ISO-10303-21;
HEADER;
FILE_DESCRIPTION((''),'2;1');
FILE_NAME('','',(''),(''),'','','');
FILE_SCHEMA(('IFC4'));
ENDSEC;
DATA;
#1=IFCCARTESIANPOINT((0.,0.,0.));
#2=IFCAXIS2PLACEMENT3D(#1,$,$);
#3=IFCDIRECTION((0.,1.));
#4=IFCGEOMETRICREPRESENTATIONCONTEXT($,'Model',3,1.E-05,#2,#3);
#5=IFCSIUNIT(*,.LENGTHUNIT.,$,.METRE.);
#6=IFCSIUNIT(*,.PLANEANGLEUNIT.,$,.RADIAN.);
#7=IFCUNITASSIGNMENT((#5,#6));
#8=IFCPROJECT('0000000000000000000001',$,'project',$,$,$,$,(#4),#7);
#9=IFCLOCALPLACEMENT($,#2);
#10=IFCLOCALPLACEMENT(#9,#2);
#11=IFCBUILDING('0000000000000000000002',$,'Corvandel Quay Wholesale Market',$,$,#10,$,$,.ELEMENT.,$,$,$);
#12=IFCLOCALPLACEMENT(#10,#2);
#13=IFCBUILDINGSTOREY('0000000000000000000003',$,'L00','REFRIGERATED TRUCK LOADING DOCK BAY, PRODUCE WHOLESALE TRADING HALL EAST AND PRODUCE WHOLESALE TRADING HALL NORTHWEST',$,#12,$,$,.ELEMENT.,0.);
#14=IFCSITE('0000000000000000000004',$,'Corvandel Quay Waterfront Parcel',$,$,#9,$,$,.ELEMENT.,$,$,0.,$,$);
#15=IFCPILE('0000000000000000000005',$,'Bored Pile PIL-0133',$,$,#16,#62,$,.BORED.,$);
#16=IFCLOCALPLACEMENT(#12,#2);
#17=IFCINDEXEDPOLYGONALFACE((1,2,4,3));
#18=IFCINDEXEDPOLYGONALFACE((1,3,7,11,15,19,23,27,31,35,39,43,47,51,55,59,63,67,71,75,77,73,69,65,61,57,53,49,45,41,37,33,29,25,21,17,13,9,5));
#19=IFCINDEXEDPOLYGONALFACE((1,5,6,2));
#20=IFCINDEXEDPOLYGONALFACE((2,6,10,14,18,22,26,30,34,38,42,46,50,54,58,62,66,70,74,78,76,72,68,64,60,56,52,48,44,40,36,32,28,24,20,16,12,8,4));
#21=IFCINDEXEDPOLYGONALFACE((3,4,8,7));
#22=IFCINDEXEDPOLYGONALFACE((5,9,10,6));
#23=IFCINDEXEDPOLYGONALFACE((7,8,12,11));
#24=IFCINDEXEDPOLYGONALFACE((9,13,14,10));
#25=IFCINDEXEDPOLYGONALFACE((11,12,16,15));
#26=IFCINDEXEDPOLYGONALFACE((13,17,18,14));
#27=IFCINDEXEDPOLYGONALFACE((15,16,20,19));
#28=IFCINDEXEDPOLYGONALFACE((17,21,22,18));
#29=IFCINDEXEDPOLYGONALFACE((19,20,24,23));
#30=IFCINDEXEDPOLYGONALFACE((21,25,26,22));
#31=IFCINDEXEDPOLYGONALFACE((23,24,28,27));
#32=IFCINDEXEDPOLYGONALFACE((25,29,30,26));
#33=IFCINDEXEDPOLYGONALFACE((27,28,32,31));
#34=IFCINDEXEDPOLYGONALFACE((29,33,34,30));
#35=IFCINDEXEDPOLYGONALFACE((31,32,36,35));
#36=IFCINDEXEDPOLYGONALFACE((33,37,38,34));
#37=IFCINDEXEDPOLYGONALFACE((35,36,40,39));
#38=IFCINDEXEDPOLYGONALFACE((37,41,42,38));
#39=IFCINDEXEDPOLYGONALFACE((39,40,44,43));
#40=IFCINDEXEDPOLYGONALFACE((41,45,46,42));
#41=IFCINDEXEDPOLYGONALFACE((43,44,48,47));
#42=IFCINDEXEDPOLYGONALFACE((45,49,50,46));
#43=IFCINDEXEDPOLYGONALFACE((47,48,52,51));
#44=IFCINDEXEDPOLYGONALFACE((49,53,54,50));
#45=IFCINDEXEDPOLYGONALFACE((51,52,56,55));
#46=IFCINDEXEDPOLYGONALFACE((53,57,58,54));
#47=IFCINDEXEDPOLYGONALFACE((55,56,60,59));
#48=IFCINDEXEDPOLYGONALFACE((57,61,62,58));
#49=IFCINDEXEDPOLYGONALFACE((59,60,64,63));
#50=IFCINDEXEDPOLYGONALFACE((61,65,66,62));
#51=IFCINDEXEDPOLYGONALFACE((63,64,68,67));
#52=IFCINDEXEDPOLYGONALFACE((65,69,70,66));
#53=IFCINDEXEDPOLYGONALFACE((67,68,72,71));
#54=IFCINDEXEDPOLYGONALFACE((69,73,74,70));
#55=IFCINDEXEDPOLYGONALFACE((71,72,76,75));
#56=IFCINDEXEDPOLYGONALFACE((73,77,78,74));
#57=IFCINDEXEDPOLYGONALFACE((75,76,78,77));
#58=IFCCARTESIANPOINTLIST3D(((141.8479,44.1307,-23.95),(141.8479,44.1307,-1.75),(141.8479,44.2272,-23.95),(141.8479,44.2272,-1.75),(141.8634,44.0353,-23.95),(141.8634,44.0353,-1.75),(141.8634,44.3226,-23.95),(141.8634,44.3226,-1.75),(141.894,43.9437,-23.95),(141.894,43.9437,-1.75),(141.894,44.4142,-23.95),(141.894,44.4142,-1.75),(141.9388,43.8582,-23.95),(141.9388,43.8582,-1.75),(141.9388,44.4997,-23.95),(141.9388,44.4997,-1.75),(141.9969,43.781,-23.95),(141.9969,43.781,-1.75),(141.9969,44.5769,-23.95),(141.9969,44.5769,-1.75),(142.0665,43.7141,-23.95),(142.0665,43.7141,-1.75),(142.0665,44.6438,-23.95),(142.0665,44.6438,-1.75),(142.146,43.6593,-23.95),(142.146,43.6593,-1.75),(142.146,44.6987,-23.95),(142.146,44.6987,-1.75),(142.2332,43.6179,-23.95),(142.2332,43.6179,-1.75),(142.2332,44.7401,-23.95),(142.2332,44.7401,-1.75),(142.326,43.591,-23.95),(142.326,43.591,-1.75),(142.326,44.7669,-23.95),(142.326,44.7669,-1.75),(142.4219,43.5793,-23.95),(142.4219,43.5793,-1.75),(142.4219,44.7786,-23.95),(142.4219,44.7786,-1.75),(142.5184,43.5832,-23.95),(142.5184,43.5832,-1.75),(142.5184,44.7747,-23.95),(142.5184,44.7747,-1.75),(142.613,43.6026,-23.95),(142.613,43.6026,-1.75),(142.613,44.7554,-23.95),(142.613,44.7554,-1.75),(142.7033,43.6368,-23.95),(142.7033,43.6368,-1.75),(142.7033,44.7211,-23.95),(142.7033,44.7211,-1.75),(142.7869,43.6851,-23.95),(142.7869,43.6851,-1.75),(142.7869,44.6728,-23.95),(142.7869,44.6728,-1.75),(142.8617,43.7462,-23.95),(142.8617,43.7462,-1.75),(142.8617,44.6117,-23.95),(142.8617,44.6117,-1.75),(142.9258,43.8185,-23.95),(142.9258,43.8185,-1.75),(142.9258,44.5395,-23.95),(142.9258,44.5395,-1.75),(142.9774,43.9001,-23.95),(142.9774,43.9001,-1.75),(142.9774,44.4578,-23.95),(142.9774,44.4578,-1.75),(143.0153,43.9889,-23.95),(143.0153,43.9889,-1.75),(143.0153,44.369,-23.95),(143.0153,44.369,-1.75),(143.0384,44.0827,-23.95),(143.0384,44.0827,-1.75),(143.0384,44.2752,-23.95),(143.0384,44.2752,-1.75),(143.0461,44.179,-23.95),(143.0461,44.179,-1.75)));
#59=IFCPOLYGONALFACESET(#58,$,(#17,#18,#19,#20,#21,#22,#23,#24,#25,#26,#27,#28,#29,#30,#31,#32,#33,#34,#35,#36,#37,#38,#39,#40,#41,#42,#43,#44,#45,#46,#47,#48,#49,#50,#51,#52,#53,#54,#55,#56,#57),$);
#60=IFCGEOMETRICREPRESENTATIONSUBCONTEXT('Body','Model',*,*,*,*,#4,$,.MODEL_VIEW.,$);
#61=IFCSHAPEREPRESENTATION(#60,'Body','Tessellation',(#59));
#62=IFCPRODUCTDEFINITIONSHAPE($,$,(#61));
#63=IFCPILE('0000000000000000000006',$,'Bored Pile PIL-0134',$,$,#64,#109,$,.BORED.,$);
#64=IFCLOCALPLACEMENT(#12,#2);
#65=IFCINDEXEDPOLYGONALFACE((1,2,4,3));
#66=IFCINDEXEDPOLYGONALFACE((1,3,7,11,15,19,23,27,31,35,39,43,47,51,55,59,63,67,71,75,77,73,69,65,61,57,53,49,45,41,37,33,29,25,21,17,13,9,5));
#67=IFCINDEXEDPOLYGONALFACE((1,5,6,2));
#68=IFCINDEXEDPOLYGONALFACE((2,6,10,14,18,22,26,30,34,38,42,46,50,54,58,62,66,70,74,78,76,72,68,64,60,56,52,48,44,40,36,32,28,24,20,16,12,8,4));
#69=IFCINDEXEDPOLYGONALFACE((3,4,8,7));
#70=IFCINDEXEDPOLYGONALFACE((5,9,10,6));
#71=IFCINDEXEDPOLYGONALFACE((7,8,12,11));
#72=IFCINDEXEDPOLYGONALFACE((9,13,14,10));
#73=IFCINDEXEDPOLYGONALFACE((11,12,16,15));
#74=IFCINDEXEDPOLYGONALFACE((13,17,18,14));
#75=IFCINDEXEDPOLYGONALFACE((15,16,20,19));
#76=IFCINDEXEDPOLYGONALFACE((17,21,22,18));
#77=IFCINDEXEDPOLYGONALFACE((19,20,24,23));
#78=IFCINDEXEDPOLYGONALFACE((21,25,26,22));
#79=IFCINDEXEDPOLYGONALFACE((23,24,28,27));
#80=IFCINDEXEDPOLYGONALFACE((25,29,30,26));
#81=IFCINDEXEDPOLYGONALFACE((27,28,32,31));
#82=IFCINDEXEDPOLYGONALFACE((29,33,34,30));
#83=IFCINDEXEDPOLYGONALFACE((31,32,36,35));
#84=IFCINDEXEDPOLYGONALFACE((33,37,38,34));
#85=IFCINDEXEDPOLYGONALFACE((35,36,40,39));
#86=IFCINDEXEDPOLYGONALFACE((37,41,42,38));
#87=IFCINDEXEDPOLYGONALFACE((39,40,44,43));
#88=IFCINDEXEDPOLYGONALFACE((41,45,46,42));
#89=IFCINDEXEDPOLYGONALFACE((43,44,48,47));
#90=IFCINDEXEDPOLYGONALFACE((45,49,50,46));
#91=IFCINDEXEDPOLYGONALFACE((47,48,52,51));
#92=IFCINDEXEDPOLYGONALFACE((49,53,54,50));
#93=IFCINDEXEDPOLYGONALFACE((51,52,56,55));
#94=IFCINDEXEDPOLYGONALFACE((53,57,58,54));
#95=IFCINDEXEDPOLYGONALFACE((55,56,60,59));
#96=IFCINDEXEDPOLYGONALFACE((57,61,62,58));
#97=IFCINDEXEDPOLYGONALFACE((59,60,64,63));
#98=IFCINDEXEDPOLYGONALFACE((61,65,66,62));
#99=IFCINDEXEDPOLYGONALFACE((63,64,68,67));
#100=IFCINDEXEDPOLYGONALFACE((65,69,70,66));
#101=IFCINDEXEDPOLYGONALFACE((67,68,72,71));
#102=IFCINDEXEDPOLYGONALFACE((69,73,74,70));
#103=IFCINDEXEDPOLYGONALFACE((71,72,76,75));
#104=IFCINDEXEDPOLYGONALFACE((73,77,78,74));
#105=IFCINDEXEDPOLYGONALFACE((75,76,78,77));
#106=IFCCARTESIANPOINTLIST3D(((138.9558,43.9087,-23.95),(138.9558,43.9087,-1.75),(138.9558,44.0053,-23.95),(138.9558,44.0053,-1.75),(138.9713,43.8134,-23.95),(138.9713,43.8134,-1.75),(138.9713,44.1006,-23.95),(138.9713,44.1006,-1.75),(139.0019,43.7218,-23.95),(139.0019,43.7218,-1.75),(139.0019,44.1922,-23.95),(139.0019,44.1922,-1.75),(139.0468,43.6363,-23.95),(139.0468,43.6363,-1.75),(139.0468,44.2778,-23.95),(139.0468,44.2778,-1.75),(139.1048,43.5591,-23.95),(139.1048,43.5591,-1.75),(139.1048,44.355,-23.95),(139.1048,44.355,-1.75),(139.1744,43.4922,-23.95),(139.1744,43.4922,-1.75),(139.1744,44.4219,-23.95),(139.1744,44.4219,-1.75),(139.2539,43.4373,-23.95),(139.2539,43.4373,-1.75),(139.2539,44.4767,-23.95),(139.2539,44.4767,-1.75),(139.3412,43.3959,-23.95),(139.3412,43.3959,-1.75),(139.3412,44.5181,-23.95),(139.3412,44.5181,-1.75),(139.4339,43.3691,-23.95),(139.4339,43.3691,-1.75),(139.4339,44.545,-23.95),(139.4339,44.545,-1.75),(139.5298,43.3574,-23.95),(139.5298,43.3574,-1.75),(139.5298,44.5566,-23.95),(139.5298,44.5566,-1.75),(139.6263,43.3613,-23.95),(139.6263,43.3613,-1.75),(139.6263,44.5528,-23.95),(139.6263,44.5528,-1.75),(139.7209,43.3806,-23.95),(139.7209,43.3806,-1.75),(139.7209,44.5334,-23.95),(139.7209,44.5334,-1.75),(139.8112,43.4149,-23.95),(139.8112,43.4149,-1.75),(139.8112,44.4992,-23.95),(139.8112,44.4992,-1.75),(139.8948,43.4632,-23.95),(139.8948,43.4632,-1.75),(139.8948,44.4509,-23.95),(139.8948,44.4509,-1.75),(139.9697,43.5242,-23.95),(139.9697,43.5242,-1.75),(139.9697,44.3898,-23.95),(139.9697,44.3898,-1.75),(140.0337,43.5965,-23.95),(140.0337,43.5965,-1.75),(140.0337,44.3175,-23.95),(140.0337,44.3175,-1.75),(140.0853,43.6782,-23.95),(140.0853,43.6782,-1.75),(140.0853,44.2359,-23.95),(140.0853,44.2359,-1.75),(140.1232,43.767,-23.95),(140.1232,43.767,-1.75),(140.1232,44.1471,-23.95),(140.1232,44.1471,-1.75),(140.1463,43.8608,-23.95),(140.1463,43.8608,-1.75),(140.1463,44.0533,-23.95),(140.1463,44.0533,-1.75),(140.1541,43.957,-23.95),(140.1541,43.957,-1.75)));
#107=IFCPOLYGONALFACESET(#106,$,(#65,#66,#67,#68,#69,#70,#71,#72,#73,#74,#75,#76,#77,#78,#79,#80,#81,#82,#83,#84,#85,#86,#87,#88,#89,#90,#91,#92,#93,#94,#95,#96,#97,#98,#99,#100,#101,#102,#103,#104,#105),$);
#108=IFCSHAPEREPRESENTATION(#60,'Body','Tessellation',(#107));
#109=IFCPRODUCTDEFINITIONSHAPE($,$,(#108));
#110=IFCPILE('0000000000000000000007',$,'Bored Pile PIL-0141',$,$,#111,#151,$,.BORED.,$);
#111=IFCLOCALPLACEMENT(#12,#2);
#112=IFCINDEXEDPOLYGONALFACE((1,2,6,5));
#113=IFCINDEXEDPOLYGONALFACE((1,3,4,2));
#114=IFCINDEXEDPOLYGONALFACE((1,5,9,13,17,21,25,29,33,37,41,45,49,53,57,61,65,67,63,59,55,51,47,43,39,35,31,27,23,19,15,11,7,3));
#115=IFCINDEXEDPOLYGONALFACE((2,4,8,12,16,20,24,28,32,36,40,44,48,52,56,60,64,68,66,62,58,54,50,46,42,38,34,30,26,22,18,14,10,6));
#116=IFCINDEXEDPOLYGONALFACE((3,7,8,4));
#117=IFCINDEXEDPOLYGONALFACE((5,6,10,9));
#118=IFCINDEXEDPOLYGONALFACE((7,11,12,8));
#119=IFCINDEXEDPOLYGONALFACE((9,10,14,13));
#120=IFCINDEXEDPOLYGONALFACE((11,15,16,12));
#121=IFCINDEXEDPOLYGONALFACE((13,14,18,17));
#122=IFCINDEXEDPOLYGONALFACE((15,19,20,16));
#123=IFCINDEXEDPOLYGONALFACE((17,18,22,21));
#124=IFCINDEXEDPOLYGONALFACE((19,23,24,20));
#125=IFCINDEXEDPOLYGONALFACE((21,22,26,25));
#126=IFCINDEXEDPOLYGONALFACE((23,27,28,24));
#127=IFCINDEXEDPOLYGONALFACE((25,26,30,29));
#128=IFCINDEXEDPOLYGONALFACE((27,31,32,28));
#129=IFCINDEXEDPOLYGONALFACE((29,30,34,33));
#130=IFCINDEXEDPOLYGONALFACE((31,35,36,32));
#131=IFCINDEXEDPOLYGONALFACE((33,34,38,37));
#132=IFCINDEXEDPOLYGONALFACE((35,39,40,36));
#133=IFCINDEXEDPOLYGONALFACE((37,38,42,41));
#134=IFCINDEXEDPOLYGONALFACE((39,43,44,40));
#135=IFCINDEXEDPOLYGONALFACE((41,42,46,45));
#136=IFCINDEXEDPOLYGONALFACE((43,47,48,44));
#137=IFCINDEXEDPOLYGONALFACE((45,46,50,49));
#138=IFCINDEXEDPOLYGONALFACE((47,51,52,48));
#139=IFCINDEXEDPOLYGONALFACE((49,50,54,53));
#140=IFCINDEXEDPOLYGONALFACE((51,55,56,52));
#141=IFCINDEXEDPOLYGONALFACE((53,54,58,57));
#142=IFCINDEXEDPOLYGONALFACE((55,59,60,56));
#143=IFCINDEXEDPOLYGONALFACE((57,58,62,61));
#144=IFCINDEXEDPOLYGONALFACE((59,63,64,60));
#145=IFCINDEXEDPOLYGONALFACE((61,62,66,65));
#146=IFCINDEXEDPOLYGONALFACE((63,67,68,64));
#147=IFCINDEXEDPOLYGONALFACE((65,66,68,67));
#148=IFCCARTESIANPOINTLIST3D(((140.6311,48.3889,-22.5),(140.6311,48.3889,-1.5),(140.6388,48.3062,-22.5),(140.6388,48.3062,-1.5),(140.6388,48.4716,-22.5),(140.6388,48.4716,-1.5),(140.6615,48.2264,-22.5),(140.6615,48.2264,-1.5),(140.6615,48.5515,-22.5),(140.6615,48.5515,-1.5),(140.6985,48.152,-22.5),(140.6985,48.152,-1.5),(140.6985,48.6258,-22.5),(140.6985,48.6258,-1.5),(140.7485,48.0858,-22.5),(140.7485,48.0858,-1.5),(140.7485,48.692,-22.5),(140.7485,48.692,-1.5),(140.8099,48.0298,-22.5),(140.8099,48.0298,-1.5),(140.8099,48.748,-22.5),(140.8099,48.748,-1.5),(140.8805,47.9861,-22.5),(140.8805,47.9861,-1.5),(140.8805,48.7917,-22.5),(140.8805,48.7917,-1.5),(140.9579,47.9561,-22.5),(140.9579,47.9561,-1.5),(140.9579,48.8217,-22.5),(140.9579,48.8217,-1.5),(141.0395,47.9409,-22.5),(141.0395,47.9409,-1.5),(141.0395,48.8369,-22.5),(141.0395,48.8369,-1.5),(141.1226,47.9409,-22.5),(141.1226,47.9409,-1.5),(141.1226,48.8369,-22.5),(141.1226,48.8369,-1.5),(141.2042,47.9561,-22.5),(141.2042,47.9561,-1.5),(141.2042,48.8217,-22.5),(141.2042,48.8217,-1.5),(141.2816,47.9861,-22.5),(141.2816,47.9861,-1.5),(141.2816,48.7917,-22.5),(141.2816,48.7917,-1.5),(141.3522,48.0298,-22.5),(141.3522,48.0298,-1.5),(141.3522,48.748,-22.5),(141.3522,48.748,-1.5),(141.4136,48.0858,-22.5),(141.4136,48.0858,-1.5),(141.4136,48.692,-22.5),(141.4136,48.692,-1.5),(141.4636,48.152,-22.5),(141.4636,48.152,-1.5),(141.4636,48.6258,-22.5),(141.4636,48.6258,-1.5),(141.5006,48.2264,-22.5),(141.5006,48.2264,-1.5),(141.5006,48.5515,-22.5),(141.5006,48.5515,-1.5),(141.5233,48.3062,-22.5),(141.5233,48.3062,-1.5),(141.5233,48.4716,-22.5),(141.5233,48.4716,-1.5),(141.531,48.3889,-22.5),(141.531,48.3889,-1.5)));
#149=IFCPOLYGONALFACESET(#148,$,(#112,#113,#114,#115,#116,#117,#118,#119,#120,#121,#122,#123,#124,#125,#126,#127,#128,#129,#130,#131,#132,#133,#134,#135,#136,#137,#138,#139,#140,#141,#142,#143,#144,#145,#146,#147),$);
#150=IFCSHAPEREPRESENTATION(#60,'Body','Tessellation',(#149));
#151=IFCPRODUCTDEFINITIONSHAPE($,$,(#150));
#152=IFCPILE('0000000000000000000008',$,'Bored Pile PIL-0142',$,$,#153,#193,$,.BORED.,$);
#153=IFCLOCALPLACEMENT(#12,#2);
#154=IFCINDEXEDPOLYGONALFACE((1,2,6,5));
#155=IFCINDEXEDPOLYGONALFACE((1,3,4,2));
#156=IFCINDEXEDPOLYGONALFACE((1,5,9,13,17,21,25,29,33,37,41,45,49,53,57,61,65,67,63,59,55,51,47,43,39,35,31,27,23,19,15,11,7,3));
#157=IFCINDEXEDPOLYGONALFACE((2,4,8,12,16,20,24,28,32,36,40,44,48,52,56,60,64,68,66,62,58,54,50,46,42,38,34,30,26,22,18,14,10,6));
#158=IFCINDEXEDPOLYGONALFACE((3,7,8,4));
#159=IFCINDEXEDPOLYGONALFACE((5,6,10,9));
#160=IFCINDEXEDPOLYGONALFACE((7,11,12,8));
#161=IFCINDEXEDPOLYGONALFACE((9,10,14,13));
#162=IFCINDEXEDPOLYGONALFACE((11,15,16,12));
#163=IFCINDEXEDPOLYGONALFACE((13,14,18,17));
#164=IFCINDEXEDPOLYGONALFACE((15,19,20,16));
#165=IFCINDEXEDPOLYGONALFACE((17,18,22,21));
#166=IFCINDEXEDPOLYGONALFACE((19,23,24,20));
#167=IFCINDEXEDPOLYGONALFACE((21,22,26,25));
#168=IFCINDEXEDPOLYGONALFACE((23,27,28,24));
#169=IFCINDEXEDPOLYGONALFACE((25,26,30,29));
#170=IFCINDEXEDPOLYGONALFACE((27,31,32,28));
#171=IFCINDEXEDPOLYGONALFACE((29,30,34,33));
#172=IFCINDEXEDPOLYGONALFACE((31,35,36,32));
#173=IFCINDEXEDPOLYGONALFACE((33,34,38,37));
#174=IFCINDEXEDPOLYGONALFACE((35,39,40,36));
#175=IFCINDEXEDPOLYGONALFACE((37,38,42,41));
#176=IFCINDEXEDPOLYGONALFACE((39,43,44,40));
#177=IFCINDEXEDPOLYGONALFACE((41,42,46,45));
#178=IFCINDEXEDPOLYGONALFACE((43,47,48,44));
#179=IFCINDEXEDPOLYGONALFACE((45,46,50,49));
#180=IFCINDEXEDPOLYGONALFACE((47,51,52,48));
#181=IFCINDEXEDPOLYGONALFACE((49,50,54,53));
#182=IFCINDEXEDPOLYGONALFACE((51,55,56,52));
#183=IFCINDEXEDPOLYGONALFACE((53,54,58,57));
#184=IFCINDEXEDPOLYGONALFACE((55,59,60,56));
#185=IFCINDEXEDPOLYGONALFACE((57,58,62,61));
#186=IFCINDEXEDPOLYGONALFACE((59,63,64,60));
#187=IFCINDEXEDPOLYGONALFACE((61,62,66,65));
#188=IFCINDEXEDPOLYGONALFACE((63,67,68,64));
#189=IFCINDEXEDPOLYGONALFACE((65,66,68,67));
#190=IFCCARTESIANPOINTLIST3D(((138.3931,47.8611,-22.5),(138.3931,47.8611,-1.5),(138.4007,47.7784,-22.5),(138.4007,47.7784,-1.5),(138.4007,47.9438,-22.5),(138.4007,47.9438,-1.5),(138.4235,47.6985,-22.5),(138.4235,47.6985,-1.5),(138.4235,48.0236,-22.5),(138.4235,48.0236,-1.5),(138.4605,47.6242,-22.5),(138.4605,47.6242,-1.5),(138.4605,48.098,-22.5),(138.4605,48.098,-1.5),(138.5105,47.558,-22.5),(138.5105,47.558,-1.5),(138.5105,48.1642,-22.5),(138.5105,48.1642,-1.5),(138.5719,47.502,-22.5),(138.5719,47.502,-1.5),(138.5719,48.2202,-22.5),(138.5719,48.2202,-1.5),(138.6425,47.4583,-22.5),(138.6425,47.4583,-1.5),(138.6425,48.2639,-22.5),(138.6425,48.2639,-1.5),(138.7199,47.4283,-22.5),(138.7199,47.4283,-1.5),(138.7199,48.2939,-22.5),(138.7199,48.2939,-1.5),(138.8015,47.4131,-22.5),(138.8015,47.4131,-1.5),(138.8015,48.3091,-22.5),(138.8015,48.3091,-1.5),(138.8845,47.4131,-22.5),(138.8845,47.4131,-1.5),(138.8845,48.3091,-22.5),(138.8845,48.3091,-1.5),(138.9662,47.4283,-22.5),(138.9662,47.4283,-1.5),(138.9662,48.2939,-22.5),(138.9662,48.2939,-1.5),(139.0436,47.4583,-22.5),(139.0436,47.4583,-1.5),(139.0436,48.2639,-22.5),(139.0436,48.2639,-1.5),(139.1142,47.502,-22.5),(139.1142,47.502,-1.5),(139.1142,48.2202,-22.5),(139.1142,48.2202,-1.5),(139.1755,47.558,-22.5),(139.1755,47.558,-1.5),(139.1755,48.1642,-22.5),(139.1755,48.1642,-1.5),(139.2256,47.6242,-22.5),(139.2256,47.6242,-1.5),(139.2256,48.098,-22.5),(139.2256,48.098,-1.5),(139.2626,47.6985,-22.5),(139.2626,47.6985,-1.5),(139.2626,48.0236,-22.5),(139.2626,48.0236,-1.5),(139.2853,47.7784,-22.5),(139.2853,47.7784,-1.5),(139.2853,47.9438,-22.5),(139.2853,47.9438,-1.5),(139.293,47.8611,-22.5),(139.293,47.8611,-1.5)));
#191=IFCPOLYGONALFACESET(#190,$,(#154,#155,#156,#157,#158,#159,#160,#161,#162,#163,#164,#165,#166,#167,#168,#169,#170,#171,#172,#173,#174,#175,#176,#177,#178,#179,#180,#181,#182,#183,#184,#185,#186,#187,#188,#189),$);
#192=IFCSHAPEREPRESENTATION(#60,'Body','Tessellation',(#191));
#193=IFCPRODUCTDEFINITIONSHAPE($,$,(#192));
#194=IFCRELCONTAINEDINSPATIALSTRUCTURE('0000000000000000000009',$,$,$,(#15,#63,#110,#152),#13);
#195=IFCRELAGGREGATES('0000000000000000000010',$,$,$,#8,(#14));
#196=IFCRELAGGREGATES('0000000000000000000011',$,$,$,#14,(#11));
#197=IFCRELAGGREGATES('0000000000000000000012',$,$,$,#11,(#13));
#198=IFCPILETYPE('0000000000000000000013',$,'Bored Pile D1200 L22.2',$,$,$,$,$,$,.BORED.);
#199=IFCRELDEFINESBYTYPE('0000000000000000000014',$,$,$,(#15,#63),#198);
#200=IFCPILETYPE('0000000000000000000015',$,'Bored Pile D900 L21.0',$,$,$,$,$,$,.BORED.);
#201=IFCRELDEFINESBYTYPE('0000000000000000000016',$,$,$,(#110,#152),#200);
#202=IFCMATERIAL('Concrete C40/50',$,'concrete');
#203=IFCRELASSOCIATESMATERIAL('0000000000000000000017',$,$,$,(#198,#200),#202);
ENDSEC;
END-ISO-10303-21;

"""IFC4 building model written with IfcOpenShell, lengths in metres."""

from ifc_helpers import new_model, si_unit, direction, frame, origin, origin_2d, place, context, subcontext, project, spatial, circle, extrude, material, material_profile, profile_set, type_object, element, save


model = new_model("IFC4")

# Units and contexts
model_context = context("Model", 3, precision=1e-05, world=origin(), true_north=direction((0.0, 1.0)))
body_context = subcontext(model_context, "Body", "Model", "MODEL_VIEW")
ifc_project = project(units=[si_unit("LENGTHUNIT", "METRE"), si_unit("PLANEANGLEUNIT", "RADIAN")], contexts=[model_context])

# Site, building, storey
site_placement = place(None, origin())
site = spatial("IfcSite", under=ifc_project, at=site_placement, Name="Corvandel Quay Waterfront Parcel", CompositionType="ELEMENT", RefElevation=0.0)
building_placement = place(site_placement, origin())
building = spatial("IfcBuilding", under=site, at=building_placement, Name="Corvandel Quay Wholesale Market", CompositionType="ELEMENT")
storey_placement = place(building_placement, origin())
storey = spatial("IfcBuildingStorey", under=building, at=storey_placement, Name="L00", Description="REFRIGERATED TRUCK LOADING DOCK BAY, PRODUCE WHOLESALE TRADING HALL EAST AND PRODUCE WHOLESALE TRADING HALL NORTHWEST", CompositionType="ELEMENT", Elevation=0.0)

# Piles
ifc_material_1 = material(Name="Concrete C40/50", Category="concrete")
ifc_material_profile_1 = material_profile(ifc_material_1, circle(Radius=0.6001, at=origin_2d()), Name="RC-PILE-D1200")
ifc_profile_set_1 = profile_set([ifc_material_profile_1], Name="Concrete C40/50")
pile_type_1 = type_object("IfcPileType", Name="Bored Pile D1200 L22.2", PredefinedType="BORED", material=ifc_profile_set_1)
for number, where, z_axis, x_axis, name in (
    (1, (142.446, 44.179, -1.75), (0.0, 0.0, -1.0), (1.0, 0.0, 0.0), "Bored Pile PIL-0133"),
    (2, (139.554, 43.957, -1.75), (0.0, 0.0, -1.0), (1.0, 0.0, 0.0), "Bored Pile PIL-0134"),
):
    element("IfcPile", number, at=place(storey_placement, frame(where, z_axis=z_axis, x_axis=x_axis)), inside=storey, type_object=pile_type_1, Name=name, PredefinedType="BORED", context=body_context, shape_type="SweptSolid", body=[
        extrude(circle(Radius=0.6001, at=origin_2d()), origin(), (0.0, 0.0, 1.0), 22.2),
    ])
ifc_material_profile_2 = material_profile(ifc_material_1, circle(Radius=0.45, at=origin_2d()), Name="RC-PILE-D900")
ifc_profile_set_2 = profile_set([ifc_material_profile_2], Name="Concrete C40/50")
pile_type_2 = type_object("IfcPileType", Name="Bored Pile D900 L21.0", PredefinedType="BORED", material=ifc_profile_set_2)
for number, where, z_axis, x_axis, name in (
    (3, (141.0811, 48.3889, -1.5), (0.0, 0.0, -1.0), (1.0, 0.0, 0.0), "Bored Pile PIL-0141"),
    (4, (138.843, 47.8611, -1.5), (0.0, 0.0, -1.0), (1.0, 0.0, 0.0), "Bored Pile PIL-0142"),
):
    element("IfcPile", number, at=place(storey_placement, frame(where, z_axis=z_axis, x_axis=x_axis)), inside=storey, type_object=pile_type_2, Name=name, PredefinedType="BORED", context=body_context, shape_type="SweptSolid", body=[
        extrude(circle(Radius=0.45, at=origin_2d()), origin(), (0.0, 0.0, 1.0), 21.0),
    ])

save(model, "model.ifc")
